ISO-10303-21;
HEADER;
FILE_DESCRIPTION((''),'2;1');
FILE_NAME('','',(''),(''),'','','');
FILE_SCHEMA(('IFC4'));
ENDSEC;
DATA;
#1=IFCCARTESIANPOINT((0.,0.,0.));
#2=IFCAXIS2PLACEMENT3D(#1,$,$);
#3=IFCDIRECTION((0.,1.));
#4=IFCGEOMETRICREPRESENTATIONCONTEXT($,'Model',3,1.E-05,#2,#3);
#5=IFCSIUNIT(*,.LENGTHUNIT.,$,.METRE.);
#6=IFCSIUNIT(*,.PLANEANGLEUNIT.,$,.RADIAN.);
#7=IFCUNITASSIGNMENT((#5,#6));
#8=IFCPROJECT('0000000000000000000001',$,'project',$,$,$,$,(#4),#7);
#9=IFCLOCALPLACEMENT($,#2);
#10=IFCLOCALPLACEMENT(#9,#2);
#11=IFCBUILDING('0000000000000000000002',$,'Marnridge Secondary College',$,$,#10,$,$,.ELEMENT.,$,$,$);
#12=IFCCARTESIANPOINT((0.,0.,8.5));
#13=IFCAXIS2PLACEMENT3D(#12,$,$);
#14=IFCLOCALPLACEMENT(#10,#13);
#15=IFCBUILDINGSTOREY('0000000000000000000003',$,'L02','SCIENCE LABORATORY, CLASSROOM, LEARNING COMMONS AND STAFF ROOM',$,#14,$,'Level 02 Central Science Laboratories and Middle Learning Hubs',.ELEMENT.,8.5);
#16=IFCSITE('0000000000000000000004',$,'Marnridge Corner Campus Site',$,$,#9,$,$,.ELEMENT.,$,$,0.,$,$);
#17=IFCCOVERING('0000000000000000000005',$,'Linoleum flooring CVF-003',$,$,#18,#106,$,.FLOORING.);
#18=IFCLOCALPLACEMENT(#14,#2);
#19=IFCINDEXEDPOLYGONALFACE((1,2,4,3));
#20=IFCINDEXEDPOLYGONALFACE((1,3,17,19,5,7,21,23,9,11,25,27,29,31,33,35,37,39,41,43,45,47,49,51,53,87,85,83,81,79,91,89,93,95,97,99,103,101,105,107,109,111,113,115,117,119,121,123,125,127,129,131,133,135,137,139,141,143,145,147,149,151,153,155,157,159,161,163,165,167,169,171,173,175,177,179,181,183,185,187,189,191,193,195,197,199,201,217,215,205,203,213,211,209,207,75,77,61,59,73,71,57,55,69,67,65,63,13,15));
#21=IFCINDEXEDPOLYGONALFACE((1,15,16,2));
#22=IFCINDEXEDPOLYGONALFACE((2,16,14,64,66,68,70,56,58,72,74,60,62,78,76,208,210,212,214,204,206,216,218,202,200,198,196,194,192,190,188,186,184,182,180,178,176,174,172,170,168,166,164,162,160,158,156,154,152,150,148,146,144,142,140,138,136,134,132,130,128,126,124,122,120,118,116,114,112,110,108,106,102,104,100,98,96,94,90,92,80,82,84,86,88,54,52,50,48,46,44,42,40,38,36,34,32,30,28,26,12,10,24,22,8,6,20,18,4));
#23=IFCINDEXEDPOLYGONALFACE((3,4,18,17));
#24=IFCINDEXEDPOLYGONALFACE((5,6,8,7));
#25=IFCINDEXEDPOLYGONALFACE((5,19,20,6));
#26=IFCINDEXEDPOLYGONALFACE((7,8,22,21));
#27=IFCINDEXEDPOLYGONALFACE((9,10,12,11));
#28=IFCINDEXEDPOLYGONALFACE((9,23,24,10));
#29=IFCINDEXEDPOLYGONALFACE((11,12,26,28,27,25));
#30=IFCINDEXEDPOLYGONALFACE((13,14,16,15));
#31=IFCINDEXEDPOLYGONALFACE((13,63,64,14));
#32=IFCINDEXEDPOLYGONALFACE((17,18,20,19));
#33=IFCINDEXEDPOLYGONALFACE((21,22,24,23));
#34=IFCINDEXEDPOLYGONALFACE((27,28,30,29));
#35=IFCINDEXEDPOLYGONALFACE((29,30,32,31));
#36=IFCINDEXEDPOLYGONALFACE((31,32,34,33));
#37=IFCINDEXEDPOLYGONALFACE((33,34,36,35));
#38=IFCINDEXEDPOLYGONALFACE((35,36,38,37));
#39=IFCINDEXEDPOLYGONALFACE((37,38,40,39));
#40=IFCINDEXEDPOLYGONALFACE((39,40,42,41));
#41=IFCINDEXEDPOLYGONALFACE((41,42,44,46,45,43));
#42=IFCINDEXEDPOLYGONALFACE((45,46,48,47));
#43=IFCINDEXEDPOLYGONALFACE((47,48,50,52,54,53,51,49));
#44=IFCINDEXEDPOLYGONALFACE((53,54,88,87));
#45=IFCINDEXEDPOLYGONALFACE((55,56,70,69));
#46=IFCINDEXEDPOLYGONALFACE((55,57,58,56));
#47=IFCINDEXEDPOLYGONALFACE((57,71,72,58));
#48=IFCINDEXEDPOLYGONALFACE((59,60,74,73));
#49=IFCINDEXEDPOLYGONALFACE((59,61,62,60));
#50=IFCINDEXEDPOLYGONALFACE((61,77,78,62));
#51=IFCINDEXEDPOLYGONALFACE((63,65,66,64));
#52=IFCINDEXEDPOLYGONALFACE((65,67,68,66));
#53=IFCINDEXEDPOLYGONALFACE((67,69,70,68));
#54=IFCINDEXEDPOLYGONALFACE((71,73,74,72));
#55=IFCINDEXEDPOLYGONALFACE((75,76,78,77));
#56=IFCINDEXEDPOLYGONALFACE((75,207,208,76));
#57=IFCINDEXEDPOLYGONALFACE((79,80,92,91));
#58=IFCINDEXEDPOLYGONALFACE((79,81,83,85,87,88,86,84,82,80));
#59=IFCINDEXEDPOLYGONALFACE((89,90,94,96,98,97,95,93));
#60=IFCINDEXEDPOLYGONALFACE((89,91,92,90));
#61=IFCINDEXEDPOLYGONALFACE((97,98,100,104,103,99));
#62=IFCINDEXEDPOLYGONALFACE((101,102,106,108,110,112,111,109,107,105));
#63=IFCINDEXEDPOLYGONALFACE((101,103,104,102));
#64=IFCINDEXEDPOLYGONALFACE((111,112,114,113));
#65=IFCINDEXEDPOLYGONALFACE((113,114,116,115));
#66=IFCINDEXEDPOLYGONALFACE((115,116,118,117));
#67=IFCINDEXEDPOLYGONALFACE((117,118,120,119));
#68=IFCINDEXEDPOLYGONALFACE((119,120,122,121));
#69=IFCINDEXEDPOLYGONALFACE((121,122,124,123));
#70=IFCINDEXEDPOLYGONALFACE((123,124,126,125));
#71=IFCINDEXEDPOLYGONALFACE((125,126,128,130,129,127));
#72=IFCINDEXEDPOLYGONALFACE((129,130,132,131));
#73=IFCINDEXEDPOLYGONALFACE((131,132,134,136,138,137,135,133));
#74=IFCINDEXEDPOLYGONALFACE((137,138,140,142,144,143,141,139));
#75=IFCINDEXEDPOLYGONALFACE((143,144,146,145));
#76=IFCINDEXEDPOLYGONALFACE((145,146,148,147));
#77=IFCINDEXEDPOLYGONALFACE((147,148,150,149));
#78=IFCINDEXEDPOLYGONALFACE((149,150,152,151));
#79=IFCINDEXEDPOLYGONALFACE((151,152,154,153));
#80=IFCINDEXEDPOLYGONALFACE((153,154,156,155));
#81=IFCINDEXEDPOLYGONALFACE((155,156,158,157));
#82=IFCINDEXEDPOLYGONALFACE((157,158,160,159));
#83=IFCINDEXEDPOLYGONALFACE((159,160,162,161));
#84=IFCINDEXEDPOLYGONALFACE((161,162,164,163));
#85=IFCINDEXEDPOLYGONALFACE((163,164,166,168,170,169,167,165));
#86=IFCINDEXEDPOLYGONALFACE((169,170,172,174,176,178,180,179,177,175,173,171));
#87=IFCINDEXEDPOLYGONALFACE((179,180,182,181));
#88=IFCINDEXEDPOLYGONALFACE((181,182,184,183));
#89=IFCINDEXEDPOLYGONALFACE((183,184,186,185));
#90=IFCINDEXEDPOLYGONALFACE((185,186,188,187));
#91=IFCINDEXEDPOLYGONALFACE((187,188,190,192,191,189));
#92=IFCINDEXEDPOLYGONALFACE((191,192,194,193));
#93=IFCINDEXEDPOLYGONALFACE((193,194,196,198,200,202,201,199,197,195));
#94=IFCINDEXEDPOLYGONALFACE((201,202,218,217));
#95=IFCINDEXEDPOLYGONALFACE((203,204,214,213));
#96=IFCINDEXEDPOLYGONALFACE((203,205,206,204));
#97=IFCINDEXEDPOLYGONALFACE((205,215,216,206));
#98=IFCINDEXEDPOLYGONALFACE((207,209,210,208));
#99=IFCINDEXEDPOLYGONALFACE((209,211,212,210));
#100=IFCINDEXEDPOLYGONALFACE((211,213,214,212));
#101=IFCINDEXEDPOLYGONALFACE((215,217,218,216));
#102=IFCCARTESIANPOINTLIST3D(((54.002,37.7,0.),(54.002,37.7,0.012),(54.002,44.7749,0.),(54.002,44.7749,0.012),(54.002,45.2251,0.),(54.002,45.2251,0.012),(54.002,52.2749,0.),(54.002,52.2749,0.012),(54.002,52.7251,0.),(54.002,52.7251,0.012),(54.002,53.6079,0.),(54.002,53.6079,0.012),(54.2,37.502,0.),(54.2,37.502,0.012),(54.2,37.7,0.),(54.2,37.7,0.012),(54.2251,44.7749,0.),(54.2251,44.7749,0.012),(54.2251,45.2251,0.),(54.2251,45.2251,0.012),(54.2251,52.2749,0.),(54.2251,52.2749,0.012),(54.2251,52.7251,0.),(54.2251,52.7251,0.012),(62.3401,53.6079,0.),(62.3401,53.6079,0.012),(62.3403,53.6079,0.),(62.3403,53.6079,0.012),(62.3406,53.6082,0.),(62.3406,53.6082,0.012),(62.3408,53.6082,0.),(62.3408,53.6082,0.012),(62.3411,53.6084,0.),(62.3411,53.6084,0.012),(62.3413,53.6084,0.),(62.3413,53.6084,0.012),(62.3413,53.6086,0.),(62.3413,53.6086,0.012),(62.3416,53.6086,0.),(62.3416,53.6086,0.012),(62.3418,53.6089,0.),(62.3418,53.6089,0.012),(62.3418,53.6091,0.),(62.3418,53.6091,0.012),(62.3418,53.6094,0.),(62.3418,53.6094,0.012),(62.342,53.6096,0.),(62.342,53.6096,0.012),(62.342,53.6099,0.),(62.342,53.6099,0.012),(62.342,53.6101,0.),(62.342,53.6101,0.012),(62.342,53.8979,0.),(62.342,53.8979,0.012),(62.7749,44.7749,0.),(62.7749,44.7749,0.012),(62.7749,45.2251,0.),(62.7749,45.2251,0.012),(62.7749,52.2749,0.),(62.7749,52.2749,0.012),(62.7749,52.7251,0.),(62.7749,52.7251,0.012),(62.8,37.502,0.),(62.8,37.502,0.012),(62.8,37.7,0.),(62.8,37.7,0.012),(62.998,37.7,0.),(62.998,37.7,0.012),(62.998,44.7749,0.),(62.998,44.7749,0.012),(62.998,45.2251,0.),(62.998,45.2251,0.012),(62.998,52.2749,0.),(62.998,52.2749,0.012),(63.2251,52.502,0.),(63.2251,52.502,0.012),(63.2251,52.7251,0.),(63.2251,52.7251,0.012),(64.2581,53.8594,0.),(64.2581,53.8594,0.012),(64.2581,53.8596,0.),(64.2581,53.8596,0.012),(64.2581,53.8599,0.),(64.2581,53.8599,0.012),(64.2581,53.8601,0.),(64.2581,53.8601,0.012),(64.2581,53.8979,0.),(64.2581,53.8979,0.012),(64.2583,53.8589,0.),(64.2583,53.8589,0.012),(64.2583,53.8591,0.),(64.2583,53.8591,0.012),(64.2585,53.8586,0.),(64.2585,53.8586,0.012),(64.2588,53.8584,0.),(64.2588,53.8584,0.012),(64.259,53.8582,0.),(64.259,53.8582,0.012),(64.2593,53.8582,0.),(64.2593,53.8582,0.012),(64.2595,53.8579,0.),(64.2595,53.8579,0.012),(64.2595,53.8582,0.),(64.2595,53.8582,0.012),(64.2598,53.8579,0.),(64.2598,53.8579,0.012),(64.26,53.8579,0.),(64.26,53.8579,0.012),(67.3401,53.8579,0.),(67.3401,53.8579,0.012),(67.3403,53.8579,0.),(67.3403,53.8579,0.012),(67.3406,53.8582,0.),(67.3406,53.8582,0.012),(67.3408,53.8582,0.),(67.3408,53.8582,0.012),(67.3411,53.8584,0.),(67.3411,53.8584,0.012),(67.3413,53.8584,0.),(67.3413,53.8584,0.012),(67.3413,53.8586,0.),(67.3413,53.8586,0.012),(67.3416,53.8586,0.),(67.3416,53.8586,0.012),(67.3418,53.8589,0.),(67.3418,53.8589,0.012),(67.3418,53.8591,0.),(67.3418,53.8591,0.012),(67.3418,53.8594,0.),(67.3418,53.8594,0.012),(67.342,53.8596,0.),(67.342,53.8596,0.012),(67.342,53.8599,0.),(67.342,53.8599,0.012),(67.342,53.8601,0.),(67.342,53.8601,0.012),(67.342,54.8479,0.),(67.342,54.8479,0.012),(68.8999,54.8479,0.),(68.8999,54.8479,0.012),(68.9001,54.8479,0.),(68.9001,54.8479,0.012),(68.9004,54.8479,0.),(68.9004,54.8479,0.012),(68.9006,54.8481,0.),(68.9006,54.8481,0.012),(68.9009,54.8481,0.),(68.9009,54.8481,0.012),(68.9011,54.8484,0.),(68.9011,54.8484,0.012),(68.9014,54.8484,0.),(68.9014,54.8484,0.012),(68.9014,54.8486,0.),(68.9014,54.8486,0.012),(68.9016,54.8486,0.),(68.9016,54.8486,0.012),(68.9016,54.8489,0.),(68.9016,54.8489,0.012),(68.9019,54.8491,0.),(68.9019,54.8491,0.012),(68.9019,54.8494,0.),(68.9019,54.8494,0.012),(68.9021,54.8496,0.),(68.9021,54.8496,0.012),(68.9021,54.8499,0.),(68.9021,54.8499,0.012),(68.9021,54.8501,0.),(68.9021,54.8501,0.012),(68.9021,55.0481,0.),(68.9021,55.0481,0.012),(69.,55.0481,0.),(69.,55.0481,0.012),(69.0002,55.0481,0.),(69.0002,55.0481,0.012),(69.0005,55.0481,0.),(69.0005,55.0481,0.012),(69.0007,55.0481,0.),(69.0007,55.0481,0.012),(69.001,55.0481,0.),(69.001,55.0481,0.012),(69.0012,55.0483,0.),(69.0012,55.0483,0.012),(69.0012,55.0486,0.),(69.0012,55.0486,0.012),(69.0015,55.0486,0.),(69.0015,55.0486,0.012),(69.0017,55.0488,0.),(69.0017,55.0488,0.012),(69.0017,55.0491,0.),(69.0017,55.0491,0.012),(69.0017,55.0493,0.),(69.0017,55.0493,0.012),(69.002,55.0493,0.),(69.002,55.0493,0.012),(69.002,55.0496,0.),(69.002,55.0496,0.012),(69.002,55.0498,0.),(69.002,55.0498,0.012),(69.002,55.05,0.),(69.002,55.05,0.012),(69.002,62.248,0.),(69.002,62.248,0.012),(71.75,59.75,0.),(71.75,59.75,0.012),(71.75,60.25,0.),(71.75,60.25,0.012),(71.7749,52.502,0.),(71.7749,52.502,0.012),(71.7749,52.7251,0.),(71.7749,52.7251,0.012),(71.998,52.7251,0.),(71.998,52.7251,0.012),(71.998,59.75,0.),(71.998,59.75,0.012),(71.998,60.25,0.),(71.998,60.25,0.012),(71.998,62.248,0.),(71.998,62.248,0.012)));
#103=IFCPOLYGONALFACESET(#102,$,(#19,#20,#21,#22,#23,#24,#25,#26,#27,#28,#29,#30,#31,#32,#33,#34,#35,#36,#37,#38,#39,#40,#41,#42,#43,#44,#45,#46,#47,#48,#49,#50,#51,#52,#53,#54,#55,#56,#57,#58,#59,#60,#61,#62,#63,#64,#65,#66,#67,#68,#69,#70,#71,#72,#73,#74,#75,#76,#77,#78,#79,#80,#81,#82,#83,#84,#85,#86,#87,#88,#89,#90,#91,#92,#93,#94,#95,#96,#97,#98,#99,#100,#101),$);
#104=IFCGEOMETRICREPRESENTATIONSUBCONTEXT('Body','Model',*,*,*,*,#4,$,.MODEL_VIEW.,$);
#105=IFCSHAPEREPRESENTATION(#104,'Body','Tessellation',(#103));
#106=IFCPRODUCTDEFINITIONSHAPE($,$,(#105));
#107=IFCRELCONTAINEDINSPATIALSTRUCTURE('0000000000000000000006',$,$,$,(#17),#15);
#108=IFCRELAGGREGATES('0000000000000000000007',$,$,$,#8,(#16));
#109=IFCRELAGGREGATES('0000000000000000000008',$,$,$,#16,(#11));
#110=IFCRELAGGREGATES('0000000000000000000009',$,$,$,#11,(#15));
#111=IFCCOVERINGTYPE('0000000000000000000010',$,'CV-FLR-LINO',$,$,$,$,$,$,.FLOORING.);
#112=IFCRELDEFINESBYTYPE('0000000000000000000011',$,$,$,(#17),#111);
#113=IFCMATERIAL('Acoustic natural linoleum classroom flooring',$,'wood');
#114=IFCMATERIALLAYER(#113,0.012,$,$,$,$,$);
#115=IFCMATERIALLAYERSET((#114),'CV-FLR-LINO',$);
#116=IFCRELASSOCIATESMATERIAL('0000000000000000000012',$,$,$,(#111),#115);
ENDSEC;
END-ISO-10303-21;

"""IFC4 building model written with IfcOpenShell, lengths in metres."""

from ifc_helpers import new_model, si_unit, direction, frame, origin, place, context, subcontext, project, spatial, polyline, outline, extrude, material, layer, layer_set, type_object, element, save


model = new_model("IFC4")

# Units and contexts
model_context = context("Model", 3, precision=1e-05, world=origin(), true_north=direction((0.0, 1.0)))
body_context = subcontext(model_context, "Body", "Model", "MODEL_VIEW")
ifc_project = project(units=[si_unit("LENGTHUNIT", "METRE"), si_unit("PLANEANGLEUNIT", "RADIAN")], contexts=[model_context])

# Site, building, storey
site_placement = place(None, origin())
site = spatial("IfcSite", under=ifc_project, at=site_placement, Name="Marnridge Corner Campus Site", CompositionType="ELEMENT", RefElevation=0.0)
building_placement = place(site_placement, origin())
building = spatial("IfcBuilding", under=site, at=building_placement, Name="Marnridge Secondary College", CompositionType="ELEMENT")
storey_placement = place(building_placement, frame((0.0, 0.0, 8.5)))
storey = spatial("IfcBuildingStorey", under=building, at=storey_placement, Name="L02", Description="SCIENCE LABORATORY, CLASSROOM, LEARNING COMMONS AND STAFF ROOM", LongName="Level 02 Central Science Laboratories and Middle Learning Hubs", CompositionType="ELEMENT", Elevation=8.5)

# Covering
ifc_material_1 = material(Name="Acoustic natural linoleum classroom flooring", Category="wood")
ifc_layer_1 = layer(ifc_material_1, 0.012)
ifc_layer_set_1 = layer_set([ifc_layer_1], Name="CV-FLR-LINO")
covering_type = type_object("IfcCoveringType", Name="CV-FLR-LINO", PredefinedType="FLOORING", material=ifc_layer_set_1)
covering_placement = place(storey_placement, origin())
element("IfcCovering", 1, at=covering_placement, inside=storey, type_object=covering_type, Name="Linoleum flooring CVF-003", PredefinedType="FLOORING", context=body_context, shape_type="SweptSolid", body=[
    extrude(outline(polyline([(64.2585, 53.8586), (64.2585, 53.8586), (64.2588, 53.8584), (64.2588, 53.8584), (64.259, 53.8582), (64.2593, 53.8582), (64.2595, 53.8582), (64.2595, 53.8579), (64.2598, 53.8579), (64.26, 53.8579), (67.3401, 53.8579), (67.3401, 53.8579), (67.3403, 53.8579), (67.3406, 53.8582), (67.3408, 53.8582), (67.3408, 53.8582), (67.3411, 53.8584), (67.3413, 53.8584), (67.3413, 53.8586), (67.3416, 53.8586), (67.3418, 53.8589), (67.3418, 53.8591), (67.3418, 53.8591), (67.3418, 53.8594), (67.342, 53.8596), (67.342, 53.8599), (67.342, 53.8601), (67.342, 54.8479), (68.8999, 54.8479), (68.9001, 54.8479), (68.9004, 54.8479), (68.9006, 54.8481), (68.9009, 54.8481), (68.9009, 54.8481), (68.9011, 54.8484), (68.9014, 54.8484), (68.9014, 54.8486), (68.9016, 54.8486), (68.9016, 54.8489), (68.9019, 54.8491), (68.9019, 54.8491), (68.9019, 54.8494), (68.9021, 54.8496), (68.9021, 54.8499), (68.9021, 54.8501), (68.9021, 55.0481), (69.0, 55.0481), (69.0002, 55.0481), (69.0005, 55.0481), (69.0005, 55.0481), (69.0007, 55.0481), (69.001, 55.0481), (69.0012, 55.0483), (69.0012, 55.0486), (69.0015, 55.0486), (69.0015, 55.0486), (69.0017, 55.0488), (69.0017, 55.0491), (69.0017, 55.0493), (69.002, 55.0493), (69.002, 55.0496), (69.002, 55.0498), (69.002, 55.05), (69.002, 62.248), (71.998, 62.248), (71.998, 60.25), (71.75, 60.25), (71.75, 59.75), (71.998, 59.75), (71.998, 52.7251), (71.7749, 52.7251), (71.7749, 52.502), (63.2251, 52.502), (63.2251, 52.7251), (62.7749, 52.7251), (62.7749, 52.2749), (62.998, 52.2749), (62.998, 45.2251), (62.7749, 45.2251), (62.7749, 44.7749), (62.998, 44.7749), (62.998, 37.7), (62.8, 37.7), (62.8, 37.502), (54.2, 37.502), (54.2, 37.7), (54.002, 37.7), (54.002, 44.7749), (54.2251, 44.7749), (54.2251, 45.2251), (54.002, 45.2251), (54.002, 52.2749), (54.2251, 52.2749), (54.2251, 52.7251), (54.002, 52.7251), (54.002, 53.6079), (62.3401, 53.6079), (62.3401, 53.6079), (62.3403, 53.6079), (62.3406, 53.6082), (62.3408, 53.6082), (62.3408, 53.6082), (62.3411, 53.6084), (62.3413, 53.6084), (62.3413, 53.6086), (62.3416, 53.6086), (62.3418, 53.6089), (62.3418, 53.6091), (62.3418, 53.6091), (62.3418, 53.6094), (62.342, 53.6096), (62.342, 53.6099), (62.342, 53.6101), (62.342, 53.8979), (64.2581, 53.8979), (64.2581, 53.8601), (64.2581, 53.8599), (64.2581, 53.8596), (64.2581, 53.8594), (64.2583, 53.8591), (64.2583, 53.8591), (64.2583, 53.8589), (64.2585, 53.8586)])), origin(), (0.0, 0.0, 1.0), 0.012),
])

save(model, "model.ifc")
